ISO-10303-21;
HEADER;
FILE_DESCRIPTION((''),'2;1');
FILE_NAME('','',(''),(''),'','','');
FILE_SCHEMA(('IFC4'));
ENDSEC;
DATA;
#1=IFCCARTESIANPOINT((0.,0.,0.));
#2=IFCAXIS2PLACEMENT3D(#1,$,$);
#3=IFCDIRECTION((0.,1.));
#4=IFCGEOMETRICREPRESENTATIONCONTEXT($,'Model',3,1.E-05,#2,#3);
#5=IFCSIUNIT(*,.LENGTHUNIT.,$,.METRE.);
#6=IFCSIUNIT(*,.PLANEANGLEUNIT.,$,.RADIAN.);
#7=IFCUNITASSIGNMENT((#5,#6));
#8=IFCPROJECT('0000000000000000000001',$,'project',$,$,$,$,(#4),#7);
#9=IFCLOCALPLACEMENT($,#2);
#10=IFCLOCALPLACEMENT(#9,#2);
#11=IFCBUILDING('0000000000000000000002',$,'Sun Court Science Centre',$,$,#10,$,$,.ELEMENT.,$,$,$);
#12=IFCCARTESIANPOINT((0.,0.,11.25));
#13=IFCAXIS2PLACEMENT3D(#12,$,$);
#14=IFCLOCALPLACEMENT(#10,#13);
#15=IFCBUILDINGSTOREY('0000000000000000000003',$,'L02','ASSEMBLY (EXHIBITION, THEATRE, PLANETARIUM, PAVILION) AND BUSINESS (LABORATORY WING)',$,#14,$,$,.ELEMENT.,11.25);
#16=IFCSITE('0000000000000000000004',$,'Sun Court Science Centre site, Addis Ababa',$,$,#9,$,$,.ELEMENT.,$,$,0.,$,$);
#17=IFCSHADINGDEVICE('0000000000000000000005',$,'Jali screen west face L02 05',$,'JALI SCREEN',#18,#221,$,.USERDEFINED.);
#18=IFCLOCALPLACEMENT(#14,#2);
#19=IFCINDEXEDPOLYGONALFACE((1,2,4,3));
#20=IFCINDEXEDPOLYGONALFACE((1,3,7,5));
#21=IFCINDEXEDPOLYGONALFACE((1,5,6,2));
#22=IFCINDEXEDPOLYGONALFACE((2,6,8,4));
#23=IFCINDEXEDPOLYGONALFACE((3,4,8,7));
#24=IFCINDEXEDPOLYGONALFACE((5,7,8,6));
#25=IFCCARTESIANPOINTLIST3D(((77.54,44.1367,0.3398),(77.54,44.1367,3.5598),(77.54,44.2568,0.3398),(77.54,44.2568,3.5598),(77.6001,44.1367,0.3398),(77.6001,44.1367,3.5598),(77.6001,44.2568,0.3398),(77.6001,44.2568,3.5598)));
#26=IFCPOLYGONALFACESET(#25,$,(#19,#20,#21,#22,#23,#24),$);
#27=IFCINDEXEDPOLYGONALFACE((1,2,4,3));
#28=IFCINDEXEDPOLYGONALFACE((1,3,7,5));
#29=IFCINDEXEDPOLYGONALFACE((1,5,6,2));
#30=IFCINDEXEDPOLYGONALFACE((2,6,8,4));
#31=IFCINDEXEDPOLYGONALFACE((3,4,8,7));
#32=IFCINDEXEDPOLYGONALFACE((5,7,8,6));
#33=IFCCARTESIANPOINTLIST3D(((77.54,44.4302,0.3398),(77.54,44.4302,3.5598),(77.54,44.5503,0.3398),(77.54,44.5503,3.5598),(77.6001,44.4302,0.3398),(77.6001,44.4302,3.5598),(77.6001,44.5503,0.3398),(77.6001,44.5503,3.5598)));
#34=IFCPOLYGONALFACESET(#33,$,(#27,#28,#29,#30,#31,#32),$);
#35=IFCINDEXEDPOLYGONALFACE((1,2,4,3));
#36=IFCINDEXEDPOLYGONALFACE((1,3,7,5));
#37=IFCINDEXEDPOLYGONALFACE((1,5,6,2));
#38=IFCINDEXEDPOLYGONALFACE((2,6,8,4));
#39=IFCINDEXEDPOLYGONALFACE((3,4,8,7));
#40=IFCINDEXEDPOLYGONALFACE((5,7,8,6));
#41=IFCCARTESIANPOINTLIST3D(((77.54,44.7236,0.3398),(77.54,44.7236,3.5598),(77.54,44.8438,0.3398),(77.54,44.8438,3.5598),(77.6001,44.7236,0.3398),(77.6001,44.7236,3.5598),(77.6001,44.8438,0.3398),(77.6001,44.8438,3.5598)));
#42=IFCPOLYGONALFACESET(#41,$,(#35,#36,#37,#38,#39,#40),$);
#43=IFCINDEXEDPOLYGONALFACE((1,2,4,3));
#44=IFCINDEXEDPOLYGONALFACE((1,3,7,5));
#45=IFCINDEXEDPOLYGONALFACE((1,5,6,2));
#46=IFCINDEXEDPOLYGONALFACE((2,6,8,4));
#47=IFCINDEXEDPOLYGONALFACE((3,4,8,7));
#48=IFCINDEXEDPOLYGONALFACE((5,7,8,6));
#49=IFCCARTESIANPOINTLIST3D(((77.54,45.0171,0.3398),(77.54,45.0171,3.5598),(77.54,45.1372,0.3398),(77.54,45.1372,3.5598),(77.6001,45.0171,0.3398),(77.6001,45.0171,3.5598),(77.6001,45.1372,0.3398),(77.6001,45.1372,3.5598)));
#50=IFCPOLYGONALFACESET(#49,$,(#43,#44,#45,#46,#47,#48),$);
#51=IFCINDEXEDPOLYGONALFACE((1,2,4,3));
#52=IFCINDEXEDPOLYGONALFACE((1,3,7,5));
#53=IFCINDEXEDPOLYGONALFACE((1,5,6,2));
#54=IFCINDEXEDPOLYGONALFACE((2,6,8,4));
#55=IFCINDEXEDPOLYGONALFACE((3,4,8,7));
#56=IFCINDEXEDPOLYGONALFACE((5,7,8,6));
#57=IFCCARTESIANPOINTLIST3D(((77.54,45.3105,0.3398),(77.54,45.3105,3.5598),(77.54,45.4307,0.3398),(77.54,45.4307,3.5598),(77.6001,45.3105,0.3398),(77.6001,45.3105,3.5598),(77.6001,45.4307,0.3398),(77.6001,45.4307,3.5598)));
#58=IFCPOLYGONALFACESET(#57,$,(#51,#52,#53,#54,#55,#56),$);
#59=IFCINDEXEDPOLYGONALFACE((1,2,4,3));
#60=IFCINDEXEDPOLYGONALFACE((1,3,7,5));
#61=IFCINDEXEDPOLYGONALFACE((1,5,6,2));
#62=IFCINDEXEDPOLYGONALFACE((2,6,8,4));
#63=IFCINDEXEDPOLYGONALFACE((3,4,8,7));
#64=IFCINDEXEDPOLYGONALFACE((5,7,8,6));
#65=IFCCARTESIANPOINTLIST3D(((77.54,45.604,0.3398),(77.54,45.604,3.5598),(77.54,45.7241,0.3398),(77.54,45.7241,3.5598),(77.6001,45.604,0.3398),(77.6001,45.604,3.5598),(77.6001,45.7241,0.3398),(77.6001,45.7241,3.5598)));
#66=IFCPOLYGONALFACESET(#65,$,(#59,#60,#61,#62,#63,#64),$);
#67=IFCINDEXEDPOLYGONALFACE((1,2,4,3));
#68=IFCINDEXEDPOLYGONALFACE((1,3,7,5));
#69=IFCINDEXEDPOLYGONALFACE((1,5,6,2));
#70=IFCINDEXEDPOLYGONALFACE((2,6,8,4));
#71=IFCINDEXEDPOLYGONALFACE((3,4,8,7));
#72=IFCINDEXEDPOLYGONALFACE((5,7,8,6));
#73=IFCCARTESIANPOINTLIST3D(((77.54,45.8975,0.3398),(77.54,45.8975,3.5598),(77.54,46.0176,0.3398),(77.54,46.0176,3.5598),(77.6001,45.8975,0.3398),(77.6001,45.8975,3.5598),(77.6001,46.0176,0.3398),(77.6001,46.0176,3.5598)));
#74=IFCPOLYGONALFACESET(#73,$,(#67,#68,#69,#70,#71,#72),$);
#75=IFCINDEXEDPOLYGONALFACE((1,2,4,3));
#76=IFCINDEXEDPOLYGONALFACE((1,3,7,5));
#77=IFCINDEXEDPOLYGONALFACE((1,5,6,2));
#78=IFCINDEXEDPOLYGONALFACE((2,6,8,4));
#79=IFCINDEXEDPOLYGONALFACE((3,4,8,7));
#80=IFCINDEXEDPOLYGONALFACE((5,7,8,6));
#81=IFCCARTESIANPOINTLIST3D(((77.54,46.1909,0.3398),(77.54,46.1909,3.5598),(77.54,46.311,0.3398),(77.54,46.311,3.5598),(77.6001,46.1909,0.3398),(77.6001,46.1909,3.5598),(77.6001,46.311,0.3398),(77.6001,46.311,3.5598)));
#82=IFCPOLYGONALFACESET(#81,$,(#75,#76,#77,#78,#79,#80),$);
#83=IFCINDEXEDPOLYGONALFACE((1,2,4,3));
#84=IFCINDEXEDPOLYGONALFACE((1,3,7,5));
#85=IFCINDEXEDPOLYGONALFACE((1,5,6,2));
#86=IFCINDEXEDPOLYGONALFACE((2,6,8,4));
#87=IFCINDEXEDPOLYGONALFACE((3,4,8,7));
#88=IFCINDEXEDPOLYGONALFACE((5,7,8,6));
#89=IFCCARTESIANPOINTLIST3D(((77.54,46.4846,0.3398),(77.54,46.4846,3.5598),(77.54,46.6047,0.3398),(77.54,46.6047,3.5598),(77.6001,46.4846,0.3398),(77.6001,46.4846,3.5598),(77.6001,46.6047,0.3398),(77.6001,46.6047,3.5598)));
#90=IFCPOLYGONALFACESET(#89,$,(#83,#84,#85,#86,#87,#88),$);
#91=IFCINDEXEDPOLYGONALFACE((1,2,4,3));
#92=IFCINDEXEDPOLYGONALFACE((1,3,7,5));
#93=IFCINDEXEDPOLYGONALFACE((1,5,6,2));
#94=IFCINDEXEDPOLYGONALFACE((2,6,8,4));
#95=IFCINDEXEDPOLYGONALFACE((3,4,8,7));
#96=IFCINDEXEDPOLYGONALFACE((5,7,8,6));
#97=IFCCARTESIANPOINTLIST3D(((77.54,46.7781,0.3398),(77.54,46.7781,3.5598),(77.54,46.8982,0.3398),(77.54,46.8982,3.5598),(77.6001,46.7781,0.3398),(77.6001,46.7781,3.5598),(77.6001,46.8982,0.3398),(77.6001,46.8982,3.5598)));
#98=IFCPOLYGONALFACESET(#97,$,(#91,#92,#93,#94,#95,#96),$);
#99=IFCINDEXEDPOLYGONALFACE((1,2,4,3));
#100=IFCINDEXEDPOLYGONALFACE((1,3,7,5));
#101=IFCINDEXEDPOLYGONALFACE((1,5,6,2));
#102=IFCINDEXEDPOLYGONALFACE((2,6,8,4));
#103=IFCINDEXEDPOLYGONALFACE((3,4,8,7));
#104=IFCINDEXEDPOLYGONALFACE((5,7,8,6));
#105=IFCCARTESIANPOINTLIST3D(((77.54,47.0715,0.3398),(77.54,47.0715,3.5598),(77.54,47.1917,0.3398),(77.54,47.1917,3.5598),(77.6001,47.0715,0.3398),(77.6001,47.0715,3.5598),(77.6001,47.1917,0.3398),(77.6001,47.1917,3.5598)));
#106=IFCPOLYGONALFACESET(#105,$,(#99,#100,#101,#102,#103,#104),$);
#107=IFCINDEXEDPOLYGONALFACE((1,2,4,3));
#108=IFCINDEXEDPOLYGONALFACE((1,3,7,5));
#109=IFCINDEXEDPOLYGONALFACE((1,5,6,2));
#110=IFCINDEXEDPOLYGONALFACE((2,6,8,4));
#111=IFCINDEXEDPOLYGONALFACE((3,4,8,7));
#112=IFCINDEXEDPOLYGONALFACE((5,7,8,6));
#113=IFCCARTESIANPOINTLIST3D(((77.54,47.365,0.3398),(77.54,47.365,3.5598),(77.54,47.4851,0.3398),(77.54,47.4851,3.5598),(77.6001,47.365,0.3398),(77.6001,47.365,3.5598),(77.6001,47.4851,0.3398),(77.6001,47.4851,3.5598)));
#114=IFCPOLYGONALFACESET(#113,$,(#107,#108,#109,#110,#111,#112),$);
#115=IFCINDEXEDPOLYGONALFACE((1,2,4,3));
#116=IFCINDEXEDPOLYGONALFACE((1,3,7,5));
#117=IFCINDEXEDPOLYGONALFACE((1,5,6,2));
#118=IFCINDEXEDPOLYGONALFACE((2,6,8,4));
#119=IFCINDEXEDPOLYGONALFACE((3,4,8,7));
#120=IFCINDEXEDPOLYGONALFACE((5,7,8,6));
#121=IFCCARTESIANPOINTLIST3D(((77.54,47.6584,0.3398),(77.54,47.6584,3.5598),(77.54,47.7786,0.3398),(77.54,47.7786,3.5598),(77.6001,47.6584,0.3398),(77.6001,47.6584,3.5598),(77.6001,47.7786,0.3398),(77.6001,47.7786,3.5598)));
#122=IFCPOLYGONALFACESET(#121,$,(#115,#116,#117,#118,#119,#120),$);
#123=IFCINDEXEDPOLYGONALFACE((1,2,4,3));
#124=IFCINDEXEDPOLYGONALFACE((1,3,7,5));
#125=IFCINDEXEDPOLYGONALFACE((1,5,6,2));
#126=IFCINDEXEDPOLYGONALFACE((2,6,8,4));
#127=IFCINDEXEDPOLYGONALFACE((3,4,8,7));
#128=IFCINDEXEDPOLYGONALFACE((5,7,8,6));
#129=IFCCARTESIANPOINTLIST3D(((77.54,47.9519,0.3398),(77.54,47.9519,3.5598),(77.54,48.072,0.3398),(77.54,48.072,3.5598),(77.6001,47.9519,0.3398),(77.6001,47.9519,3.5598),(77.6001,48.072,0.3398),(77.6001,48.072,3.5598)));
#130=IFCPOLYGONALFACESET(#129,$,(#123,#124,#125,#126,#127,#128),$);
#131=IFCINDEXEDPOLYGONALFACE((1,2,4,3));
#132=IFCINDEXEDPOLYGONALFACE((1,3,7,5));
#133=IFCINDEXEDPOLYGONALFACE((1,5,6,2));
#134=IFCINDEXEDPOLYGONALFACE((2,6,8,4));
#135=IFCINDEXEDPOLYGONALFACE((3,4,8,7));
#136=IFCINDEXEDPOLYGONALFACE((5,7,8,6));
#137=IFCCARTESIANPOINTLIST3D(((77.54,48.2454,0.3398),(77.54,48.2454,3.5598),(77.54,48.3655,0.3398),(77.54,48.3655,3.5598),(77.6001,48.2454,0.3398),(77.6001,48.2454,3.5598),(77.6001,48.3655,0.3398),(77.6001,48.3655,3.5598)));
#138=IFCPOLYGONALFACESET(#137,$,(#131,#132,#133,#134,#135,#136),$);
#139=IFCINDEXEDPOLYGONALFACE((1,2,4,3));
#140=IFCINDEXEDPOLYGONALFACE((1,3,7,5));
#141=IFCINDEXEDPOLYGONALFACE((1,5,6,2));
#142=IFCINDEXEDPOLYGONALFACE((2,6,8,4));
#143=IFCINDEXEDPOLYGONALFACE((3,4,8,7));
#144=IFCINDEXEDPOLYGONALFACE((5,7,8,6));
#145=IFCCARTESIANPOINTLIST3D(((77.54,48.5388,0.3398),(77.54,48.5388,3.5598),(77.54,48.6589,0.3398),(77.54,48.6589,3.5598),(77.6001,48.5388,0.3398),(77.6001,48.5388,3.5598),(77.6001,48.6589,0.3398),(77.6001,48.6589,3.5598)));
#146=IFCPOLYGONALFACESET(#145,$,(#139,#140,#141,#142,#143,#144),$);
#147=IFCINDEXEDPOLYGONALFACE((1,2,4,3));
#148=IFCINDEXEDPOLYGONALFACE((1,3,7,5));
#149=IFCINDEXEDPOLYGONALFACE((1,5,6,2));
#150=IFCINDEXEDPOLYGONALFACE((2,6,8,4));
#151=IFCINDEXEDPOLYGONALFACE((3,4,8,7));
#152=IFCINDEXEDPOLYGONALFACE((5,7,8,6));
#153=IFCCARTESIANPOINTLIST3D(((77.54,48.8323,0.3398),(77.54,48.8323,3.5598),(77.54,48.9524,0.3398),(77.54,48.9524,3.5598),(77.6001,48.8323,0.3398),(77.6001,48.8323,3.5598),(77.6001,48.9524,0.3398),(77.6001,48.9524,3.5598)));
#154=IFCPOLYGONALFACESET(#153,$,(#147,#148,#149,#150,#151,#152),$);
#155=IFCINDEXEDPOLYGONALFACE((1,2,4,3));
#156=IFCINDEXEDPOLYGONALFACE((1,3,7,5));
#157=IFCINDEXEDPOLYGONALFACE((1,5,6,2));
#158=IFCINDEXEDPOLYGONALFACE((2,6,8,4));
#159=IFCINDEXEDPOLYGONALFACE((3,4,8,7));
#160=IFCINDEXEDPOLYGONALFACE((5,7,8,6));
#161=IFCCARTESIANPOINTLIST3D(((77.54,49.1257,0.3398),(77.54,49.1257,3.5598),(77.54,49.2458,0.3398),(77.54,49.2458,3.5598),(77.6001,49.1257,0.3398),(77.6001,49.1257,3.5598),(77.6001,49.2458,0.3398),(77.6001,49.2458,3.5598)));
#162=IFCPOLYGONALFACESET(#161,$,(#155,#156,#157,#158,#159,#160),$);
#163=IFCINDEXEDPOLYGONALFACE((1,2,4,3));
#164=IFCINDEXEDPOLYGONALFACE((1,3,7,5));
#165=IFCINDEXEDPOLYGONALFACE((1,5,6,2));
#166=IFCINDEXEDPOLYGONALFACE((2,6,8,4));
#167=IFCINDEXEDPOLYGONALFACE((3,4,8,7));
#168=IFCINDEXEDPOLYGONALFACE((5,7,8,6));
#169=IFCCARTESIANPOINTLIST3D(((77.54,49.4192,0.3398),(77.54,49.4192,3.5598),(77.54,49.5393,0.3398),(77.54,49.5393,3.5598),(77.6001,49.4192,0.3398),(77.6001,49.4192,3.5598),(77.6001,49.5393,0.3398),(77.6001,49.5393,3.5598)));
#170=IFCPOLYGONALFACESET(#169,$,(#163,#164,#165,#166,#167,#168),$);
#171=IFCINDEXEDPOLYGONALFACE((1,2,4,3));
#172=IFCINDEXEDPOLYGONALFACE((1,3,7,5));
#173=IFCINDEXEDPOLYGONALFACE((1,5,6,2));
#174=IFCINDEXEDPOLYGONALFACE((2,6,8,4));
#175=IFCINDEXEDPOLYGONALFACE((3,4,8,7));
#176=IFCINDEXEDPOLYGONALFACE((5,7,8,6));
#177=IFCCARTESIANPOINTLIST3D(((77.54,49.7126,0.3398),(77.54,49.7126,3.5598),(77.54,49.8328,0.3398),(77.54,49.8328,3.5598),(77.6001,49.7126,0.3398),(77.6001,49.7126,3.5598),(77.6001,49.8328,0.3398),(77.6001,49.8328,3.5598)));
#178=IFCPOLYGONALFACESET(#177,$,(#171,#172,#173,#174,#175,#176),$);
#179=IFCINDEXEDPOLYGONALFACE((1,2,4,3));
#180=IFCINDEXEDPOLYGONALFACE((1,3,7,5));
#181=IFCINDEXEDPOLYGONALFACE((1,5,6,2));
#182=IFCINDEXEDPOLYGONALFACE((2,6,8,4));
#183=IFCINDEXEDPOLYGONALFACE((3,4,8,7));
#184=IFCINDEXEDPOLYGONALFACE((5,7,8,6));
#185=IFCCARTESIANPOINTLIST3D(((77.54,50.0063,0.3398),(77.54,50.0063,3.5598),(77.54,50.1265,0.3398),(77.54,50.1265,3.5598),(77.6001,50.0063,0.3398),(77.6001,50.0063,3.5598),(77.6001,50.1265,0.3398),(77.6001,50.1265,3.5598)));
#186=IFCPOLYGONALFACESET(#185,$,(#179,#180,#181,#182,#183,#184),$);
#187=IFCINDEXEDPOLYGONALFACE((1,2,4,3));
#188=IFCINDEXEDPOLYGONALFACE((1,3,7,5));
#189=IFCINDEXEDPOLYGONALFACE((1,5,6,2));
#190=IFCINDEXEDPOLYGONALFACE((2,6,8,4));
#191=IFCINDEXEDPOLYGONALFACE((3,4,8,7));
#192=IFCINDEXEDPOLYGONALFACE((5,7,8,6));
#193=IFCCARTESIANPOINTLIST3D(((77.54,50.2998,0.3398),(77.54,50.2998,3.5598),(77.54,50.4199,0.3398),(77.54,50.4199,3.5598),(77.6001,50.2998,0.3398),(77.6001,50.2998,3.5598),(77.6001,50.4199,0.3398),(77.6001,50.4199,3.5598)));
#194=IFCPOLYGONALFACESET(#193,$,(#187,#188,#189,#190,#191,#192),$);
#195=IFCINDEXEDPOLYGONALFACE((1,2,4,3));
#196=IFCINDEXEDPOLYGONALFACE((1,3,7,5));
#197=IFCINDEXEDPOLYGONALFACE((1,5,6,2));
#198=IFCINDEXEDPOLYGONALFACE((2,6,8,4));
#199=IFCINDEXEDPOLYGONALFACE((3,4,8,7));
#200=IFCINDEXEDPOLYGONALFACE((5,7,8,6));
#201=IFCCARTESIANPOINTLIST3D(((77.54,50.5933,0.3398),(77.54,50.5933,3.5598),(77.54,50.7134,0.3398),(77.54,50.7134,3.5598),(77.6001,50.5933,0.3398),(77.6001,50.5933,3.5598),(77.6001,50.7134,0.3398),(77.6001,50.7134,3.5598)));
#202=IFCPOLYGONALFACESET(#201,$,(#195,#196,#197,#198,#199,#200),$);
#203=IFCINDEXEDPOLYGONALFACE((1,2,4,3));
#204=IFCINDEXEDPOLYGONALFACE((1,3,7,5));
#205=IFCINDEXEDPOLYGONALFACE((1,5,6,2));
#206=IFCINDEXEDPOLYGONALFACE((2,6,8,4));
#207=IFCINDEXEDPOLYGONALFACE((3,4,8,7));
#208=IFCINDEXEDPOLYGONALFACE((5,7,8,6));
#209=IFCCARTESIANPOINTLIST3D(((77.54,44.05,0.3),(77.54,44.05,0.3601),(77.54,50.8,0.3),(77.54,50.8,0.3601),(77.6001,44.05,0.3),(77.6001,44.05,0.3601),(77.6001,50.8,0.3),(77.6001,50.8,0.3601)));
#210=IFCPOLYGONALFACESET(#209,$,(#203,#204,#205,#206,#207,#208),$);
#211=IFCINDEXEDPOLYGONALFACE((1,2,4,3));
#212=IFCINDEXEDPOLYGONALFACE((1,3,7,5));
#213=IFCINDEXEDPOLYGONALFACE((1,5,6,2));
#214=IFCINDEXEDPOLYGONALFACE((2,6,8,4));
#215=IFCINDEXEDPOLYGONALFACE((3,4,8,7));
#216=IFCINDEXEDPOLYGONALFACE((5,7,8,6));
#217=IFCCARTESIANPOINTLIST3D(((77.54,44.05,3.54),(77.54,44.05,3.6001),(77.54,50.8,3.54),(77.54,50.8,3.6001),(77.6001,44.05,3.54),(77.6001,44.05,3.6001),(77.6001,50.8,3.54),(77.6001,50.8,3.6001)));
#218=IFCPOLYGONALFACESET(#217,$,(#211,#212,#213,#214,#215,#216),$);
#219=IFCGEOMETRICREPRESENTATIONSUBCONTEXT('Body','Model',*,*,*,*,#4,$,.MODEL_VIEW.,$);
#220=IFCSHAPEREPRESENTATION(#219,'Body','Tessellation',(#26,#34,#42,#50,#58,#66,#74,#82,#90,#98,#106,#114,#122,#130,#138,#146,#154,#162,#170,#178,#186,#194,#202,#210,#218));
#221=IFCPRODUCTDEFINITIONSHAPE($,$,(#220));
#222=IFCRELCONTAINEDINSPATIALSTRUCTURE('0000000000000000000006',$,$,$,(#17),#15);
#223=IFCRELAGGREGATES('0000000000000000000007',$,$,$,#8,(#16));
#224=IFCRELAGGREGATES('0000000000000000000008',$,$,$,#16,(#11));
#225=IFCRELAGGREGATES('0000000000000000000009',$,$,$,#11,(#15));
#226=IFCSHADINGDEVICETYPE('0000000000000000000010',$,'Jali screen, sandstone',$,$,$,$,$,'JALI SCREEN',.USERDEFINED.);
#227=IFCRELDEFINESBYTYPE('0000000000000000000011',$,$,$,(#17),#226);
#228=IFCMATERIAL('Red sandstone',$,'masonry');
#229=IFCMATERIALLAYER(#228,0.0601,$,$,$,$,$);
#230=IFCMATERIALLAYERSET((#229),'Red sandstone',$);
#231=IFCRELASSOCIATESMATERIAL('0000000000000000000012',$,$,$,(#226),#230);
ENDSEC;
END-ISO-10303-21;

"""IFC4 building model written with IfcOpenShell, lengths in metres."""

from ifc_helpers import new_model, si_unit, direction, frame, origin, origin_2d, place, context, subcontext, project, spatial, rectangle, extrude, material, layer, layer_set, type_object, element, save


model = new_model("IFC4")

# Units and contexts
model_context = context("Model", 3, precision=1e-05, world=origin(), true_north=direction((0.0, 1.0)))
body_context = subcontext(model_context, "Body", "Model", "MODEL_VIEW")
ifc_project = project(units=[si_unit("LENGTHUNIT", "METRE"), si_unit("PLANEANGLEUNIT", "RADIAN")], contexts=[model_context])

# Site, building, storey
site_placement = place(None, origin())
site = spatial("IfcSite", under=ifc_project, at=site_placement, Name="Sun Court Science Centre site, Addis Ababa", CompositionType="ELEMENT", RefElevation=0.0)
building_placement = place(site_placement, origin())
building = spatial("IfcBuilding", under=site, at=building_placement, Name="Sun Court Science Centre", CompositionType="ELEMENT")
storey_placement = place(building_placement, frame((0.0, 0.0, 11.25)))
storey = spatial("IfcBuildingStorey", under=building, at=storey_placement, Name="L02", Description="ASSEMBLY (EXHIBITION, THEATRE, PLANETARIUM, PAVILION) AND BUSINESS (LABORATORY WING)", CompositionType="ELEMENT", Elevation=11.25)

# Shading device
ifc_material_1 = material(Name="Red sandstone", Category="masonry")
ifc_layer_1 = layer(ifc_material_1, 0.0601)
ifc_layer_set_1 = layer_set([ifc_layer_1], Name="Red sandstone")
shading_device_type = type_object("IfcShadingDeviceType", Name="Jali screen, sandstone", ElementType="JALI SCREEN", PredefinedType="USERDEFINED", material=ifc_layer_set_1)
shading_device_1_placement = place(storey_placement, frame((0.0, 0.0, -11.25)))
element("IfcShadingDevice", 1, at=shading_device_1_placement, inside=storey, type_object=shading_device_type, Name="Jali screen west face L02 05", ObjectType="JALI SCREEN", PredefinedType="USERDEFINED", context=body_context, shape_type="SweptSolid", body=[
    extrude(rectangle(XDim=0.1201, YDim=0.0601, at=origin_2d()), frame((77.5701, 44.1968, 11.5898), z_axis=(0.0, 0.0, 1.0), x_axis=(0.0, 1.0, 0.0)), (0.0, 0.0, 1.0), 3.22),
    extrude(rectangle(XDim=0.1201, YDim=0.0601, at=origin_2d()), frame((77.5701, 44.4902, 11.5898), z_axis=(0.0, 0.0, 1.0), x_axis=(0.0, 1.0, 0.0)), (0.0, 0.0, 1.0), 3.22),
    extrude(rectangle(XDim=0.1201, YDim=0.0601, at=origin_2d()), frame((77.5701, 44.7837, 11.5898), z_axis=(0.0, 0.0, 1.0), x_axis=(0.0, 1.0, 0.0)), (0.0, 0.0, 1.0), 3.22),
    extrude(rectangle(XDim=0.1201, YDim=0.0601, at=origin_2d()), frame((77.5701, 45.0771, 11.5898), z_axis=(0.0, 0.0, 1.0), x_axis=(0.0, 1.0, 0.0)), (0.0, 0.0, 1.0), 3.22),
    extrude(rectangle(XDim=0.1201, YDim=0.0601, at=origin_2d()), frame((77.5701, 45.3706, 11.5898), z_axis=(0.0, 0.0, 1.0), x_axis=(0.0, 1.0, 0.0)), (0.0, 0.0, 1.0), 3.22),
    extrude(rectangle(XDim=0.1201, YDim=0.0601, at=origin_2d()), frame((77.5701, 45.6641, 11.5898), z_axis=(0.0, 0.0, 1.0), x_axis=(0.0, 1.0, 0.0)), (0.0, 0.0, 1.0), 3.22),
    extrude(rectangle(XDim=0.1201, YDim=0.0601, at=origin_2d()), frame((77.5701, 45.9575, 11.5898), z_axis=(0.0, 0.0, 1.0), x_axis=(0.0, 1.0, 0.0)), (0.0, 0.0, 1.0), 3.22),
    extrude(rectangle(XDim=0.1201, YDim=0.0601, at=origin_2d()), frame((77.5701, 46.251, 11.5898), z_axis=(0.0, 0.0, 1.0), x_axis=(0.0, 1.0, 0.0)), (0.0, 0.0, 1.0), 3.22),
    extrude(rectangle(XDim=0.1201, YDim=0.0601, at=origin_2d()), frame((77.5701, 46.5447, 11.5898), z_axis=(0.0, 0.0, 1.0), x_axis=(0.0, 1.0, 0.0)), (0.0, 0.0, 1.0), 3.22),
    extrude(rectangle(XDim=0.1201, YDim=0.0601, at=origin_2d()), frame((77.5701, 46.8381, 11.5898), z_axis=(0.0, 0.0, 1.0), x_axis=(0.0, 1.0, 0.0)), (0.0, 0.0, 1.0), 3.22),
    extrude(rectangle(XDim=0.1201, YDim=0.0601, at=origin_2d()), frame((77.5701, 47.1316, 11.5898), z_axis=(0.0, 0.0, 1.0), x_axis=(0.0, 1.0, 0.0)), (0.0, 0.0, 1.0), 3.22),
    extrude(rectangle(XDim=0.1201, YDim=0.0601, at=origin_2d()), frame((77.5701, 47.425, 11.5898), z_axis=(0.0, 0.0, 1.0), x_axis=(0.0, 1.0, 0.0)), (0.0, 0.0, 1.0), 3.22),
    extrude(rectangle(XDim=0.1201, YDim=0.0601, at=origin_2d()), frame((77.5701, 47.7185, 11.5898), z_axis=(0.0, 0.0, 1.0), x_axis=(0.0, 1.0, 0.0)), (0.0, 0.0, 1.0), 3.22),
    extrude(rectangle(XDim=0.1201, YDim=0.0601, at=origin_2d()), frame((77.5701, 48.012, 11.5898), z_axis=(0.0, 0.0, 1.0), x_axis=(0.0, 1.0, 0.0)), (0.0, 0.0, 1.0), 3.22),
    extrude(rectangle(XDim=0.1201, YDim=0.0601, at=origin_2d()), frame((77.5701, 48.3054, 11.5898), z_axis=(0.0, 0.0, 1.0), x_axis=(0.0, 1.0, 0.0)), (0.0, 0.0, 1.0), 3.22),
    extrude(rectangle(XDim=0.1201, YDim=0.0601, at=origin_2d()), frame((77.5701, 48.5989, 11.5898), z_axis=(0.0, 0.0, 1.0), x_axis=(0.0, 1.0, 0.0)), (0.0, 0.0, 1.0), 3.22),
    extrude(rectangle(XDim=0.1201, YDim=0.0601, at=origin_2d()), frame((77.5701, 48.8923, 11.5898), z_axis=(0.0, 0.0, 1.0), x_axis=(0.0, 1.0, 0.0)), (0.0, 0.0, 1.0), 3.22),
    extrude(rectangle(XDim=0.1201, YDim=0.0601, at=origin_2d()), frame((77.5701, 49.1858, 11.5898), z_axis=(0.0, 0.0, 1.0), x_axis=(0.0, 1.0, 0.0)), (0.0, 0.0, 1.0), 3.22),
    extrude(rectangle(XDim=0.1201, YDim=0.0601, at=origin_2d()), frame((77.5701, 49.4792, 11.5898), z_axis=(0.0, 0.0, 1.0), x_axis=(0.0, 1.0, 0.0)), (0.0, 0.0, 1.0), 3.22),
    extrude(rectangle(XDim=0.1201, YDim=0.0601, at=origin_2d()), frame((77.5701, 49.7727, 11.5898), z_axis=(0.0, 0.0, 1.0), x_axis=(0.0, 1.0, 0.0)), (0.0, 0.0, 1.0), 3.22),
    extrude(rectangle(XDim=0.1201, YDim=0.0601, at=origin_2d()), frame((77.5701, 50.0664, 11.5898), z_axis=(0.0, 0.0, 1.0), x_axis=(0.0, 1.0, 0.0)), (0.0, 0.0, 1.0), 3.22),
    extrude(rectangle(XDim=0.1201, YDim=0.0601, at=origin_2d()), frame((77.5701, 50.3599, 11.5898), z_axis=(0.0, 0.0, 1.0), x_axis=(0.0, 1.0, 0.0)), (0.0, 0.0, 1.0), 3.22),
    extrude(rectangle(XDim=0.1201, YDim=0.0601, at=origin_2d()), frame((77.5701, 50.6533, 11.5898), z_axis=(0.0, 0.0, 1.0), x_axis=(0.0, 1.0, 0.0)), (0.0, 0.0, 1.0), 3.22),
    extrude(rectangle(XDim=6.75, YDim=0.0601, at=origin_2d()), frame((77.5701, 47.425, 11.55), z_axis=(0.0, 0.0, 1.0), x_axis=(0.0, 1.0, 0.0)), (0.0, 0.0, 1.0), 0.0601),
    extrude(rectangle(XDim=6.75, YDim=0.0601, at=origin_2d()), frame((77.5701, 47.425, 14.79), z_axis=(0.0, 0.0, 1.0), x_axis=(0.0, 1.0, 0.0)), (0.0, 0.0, 1.0), 0.0601),
])

save(model, "model.ifc")
